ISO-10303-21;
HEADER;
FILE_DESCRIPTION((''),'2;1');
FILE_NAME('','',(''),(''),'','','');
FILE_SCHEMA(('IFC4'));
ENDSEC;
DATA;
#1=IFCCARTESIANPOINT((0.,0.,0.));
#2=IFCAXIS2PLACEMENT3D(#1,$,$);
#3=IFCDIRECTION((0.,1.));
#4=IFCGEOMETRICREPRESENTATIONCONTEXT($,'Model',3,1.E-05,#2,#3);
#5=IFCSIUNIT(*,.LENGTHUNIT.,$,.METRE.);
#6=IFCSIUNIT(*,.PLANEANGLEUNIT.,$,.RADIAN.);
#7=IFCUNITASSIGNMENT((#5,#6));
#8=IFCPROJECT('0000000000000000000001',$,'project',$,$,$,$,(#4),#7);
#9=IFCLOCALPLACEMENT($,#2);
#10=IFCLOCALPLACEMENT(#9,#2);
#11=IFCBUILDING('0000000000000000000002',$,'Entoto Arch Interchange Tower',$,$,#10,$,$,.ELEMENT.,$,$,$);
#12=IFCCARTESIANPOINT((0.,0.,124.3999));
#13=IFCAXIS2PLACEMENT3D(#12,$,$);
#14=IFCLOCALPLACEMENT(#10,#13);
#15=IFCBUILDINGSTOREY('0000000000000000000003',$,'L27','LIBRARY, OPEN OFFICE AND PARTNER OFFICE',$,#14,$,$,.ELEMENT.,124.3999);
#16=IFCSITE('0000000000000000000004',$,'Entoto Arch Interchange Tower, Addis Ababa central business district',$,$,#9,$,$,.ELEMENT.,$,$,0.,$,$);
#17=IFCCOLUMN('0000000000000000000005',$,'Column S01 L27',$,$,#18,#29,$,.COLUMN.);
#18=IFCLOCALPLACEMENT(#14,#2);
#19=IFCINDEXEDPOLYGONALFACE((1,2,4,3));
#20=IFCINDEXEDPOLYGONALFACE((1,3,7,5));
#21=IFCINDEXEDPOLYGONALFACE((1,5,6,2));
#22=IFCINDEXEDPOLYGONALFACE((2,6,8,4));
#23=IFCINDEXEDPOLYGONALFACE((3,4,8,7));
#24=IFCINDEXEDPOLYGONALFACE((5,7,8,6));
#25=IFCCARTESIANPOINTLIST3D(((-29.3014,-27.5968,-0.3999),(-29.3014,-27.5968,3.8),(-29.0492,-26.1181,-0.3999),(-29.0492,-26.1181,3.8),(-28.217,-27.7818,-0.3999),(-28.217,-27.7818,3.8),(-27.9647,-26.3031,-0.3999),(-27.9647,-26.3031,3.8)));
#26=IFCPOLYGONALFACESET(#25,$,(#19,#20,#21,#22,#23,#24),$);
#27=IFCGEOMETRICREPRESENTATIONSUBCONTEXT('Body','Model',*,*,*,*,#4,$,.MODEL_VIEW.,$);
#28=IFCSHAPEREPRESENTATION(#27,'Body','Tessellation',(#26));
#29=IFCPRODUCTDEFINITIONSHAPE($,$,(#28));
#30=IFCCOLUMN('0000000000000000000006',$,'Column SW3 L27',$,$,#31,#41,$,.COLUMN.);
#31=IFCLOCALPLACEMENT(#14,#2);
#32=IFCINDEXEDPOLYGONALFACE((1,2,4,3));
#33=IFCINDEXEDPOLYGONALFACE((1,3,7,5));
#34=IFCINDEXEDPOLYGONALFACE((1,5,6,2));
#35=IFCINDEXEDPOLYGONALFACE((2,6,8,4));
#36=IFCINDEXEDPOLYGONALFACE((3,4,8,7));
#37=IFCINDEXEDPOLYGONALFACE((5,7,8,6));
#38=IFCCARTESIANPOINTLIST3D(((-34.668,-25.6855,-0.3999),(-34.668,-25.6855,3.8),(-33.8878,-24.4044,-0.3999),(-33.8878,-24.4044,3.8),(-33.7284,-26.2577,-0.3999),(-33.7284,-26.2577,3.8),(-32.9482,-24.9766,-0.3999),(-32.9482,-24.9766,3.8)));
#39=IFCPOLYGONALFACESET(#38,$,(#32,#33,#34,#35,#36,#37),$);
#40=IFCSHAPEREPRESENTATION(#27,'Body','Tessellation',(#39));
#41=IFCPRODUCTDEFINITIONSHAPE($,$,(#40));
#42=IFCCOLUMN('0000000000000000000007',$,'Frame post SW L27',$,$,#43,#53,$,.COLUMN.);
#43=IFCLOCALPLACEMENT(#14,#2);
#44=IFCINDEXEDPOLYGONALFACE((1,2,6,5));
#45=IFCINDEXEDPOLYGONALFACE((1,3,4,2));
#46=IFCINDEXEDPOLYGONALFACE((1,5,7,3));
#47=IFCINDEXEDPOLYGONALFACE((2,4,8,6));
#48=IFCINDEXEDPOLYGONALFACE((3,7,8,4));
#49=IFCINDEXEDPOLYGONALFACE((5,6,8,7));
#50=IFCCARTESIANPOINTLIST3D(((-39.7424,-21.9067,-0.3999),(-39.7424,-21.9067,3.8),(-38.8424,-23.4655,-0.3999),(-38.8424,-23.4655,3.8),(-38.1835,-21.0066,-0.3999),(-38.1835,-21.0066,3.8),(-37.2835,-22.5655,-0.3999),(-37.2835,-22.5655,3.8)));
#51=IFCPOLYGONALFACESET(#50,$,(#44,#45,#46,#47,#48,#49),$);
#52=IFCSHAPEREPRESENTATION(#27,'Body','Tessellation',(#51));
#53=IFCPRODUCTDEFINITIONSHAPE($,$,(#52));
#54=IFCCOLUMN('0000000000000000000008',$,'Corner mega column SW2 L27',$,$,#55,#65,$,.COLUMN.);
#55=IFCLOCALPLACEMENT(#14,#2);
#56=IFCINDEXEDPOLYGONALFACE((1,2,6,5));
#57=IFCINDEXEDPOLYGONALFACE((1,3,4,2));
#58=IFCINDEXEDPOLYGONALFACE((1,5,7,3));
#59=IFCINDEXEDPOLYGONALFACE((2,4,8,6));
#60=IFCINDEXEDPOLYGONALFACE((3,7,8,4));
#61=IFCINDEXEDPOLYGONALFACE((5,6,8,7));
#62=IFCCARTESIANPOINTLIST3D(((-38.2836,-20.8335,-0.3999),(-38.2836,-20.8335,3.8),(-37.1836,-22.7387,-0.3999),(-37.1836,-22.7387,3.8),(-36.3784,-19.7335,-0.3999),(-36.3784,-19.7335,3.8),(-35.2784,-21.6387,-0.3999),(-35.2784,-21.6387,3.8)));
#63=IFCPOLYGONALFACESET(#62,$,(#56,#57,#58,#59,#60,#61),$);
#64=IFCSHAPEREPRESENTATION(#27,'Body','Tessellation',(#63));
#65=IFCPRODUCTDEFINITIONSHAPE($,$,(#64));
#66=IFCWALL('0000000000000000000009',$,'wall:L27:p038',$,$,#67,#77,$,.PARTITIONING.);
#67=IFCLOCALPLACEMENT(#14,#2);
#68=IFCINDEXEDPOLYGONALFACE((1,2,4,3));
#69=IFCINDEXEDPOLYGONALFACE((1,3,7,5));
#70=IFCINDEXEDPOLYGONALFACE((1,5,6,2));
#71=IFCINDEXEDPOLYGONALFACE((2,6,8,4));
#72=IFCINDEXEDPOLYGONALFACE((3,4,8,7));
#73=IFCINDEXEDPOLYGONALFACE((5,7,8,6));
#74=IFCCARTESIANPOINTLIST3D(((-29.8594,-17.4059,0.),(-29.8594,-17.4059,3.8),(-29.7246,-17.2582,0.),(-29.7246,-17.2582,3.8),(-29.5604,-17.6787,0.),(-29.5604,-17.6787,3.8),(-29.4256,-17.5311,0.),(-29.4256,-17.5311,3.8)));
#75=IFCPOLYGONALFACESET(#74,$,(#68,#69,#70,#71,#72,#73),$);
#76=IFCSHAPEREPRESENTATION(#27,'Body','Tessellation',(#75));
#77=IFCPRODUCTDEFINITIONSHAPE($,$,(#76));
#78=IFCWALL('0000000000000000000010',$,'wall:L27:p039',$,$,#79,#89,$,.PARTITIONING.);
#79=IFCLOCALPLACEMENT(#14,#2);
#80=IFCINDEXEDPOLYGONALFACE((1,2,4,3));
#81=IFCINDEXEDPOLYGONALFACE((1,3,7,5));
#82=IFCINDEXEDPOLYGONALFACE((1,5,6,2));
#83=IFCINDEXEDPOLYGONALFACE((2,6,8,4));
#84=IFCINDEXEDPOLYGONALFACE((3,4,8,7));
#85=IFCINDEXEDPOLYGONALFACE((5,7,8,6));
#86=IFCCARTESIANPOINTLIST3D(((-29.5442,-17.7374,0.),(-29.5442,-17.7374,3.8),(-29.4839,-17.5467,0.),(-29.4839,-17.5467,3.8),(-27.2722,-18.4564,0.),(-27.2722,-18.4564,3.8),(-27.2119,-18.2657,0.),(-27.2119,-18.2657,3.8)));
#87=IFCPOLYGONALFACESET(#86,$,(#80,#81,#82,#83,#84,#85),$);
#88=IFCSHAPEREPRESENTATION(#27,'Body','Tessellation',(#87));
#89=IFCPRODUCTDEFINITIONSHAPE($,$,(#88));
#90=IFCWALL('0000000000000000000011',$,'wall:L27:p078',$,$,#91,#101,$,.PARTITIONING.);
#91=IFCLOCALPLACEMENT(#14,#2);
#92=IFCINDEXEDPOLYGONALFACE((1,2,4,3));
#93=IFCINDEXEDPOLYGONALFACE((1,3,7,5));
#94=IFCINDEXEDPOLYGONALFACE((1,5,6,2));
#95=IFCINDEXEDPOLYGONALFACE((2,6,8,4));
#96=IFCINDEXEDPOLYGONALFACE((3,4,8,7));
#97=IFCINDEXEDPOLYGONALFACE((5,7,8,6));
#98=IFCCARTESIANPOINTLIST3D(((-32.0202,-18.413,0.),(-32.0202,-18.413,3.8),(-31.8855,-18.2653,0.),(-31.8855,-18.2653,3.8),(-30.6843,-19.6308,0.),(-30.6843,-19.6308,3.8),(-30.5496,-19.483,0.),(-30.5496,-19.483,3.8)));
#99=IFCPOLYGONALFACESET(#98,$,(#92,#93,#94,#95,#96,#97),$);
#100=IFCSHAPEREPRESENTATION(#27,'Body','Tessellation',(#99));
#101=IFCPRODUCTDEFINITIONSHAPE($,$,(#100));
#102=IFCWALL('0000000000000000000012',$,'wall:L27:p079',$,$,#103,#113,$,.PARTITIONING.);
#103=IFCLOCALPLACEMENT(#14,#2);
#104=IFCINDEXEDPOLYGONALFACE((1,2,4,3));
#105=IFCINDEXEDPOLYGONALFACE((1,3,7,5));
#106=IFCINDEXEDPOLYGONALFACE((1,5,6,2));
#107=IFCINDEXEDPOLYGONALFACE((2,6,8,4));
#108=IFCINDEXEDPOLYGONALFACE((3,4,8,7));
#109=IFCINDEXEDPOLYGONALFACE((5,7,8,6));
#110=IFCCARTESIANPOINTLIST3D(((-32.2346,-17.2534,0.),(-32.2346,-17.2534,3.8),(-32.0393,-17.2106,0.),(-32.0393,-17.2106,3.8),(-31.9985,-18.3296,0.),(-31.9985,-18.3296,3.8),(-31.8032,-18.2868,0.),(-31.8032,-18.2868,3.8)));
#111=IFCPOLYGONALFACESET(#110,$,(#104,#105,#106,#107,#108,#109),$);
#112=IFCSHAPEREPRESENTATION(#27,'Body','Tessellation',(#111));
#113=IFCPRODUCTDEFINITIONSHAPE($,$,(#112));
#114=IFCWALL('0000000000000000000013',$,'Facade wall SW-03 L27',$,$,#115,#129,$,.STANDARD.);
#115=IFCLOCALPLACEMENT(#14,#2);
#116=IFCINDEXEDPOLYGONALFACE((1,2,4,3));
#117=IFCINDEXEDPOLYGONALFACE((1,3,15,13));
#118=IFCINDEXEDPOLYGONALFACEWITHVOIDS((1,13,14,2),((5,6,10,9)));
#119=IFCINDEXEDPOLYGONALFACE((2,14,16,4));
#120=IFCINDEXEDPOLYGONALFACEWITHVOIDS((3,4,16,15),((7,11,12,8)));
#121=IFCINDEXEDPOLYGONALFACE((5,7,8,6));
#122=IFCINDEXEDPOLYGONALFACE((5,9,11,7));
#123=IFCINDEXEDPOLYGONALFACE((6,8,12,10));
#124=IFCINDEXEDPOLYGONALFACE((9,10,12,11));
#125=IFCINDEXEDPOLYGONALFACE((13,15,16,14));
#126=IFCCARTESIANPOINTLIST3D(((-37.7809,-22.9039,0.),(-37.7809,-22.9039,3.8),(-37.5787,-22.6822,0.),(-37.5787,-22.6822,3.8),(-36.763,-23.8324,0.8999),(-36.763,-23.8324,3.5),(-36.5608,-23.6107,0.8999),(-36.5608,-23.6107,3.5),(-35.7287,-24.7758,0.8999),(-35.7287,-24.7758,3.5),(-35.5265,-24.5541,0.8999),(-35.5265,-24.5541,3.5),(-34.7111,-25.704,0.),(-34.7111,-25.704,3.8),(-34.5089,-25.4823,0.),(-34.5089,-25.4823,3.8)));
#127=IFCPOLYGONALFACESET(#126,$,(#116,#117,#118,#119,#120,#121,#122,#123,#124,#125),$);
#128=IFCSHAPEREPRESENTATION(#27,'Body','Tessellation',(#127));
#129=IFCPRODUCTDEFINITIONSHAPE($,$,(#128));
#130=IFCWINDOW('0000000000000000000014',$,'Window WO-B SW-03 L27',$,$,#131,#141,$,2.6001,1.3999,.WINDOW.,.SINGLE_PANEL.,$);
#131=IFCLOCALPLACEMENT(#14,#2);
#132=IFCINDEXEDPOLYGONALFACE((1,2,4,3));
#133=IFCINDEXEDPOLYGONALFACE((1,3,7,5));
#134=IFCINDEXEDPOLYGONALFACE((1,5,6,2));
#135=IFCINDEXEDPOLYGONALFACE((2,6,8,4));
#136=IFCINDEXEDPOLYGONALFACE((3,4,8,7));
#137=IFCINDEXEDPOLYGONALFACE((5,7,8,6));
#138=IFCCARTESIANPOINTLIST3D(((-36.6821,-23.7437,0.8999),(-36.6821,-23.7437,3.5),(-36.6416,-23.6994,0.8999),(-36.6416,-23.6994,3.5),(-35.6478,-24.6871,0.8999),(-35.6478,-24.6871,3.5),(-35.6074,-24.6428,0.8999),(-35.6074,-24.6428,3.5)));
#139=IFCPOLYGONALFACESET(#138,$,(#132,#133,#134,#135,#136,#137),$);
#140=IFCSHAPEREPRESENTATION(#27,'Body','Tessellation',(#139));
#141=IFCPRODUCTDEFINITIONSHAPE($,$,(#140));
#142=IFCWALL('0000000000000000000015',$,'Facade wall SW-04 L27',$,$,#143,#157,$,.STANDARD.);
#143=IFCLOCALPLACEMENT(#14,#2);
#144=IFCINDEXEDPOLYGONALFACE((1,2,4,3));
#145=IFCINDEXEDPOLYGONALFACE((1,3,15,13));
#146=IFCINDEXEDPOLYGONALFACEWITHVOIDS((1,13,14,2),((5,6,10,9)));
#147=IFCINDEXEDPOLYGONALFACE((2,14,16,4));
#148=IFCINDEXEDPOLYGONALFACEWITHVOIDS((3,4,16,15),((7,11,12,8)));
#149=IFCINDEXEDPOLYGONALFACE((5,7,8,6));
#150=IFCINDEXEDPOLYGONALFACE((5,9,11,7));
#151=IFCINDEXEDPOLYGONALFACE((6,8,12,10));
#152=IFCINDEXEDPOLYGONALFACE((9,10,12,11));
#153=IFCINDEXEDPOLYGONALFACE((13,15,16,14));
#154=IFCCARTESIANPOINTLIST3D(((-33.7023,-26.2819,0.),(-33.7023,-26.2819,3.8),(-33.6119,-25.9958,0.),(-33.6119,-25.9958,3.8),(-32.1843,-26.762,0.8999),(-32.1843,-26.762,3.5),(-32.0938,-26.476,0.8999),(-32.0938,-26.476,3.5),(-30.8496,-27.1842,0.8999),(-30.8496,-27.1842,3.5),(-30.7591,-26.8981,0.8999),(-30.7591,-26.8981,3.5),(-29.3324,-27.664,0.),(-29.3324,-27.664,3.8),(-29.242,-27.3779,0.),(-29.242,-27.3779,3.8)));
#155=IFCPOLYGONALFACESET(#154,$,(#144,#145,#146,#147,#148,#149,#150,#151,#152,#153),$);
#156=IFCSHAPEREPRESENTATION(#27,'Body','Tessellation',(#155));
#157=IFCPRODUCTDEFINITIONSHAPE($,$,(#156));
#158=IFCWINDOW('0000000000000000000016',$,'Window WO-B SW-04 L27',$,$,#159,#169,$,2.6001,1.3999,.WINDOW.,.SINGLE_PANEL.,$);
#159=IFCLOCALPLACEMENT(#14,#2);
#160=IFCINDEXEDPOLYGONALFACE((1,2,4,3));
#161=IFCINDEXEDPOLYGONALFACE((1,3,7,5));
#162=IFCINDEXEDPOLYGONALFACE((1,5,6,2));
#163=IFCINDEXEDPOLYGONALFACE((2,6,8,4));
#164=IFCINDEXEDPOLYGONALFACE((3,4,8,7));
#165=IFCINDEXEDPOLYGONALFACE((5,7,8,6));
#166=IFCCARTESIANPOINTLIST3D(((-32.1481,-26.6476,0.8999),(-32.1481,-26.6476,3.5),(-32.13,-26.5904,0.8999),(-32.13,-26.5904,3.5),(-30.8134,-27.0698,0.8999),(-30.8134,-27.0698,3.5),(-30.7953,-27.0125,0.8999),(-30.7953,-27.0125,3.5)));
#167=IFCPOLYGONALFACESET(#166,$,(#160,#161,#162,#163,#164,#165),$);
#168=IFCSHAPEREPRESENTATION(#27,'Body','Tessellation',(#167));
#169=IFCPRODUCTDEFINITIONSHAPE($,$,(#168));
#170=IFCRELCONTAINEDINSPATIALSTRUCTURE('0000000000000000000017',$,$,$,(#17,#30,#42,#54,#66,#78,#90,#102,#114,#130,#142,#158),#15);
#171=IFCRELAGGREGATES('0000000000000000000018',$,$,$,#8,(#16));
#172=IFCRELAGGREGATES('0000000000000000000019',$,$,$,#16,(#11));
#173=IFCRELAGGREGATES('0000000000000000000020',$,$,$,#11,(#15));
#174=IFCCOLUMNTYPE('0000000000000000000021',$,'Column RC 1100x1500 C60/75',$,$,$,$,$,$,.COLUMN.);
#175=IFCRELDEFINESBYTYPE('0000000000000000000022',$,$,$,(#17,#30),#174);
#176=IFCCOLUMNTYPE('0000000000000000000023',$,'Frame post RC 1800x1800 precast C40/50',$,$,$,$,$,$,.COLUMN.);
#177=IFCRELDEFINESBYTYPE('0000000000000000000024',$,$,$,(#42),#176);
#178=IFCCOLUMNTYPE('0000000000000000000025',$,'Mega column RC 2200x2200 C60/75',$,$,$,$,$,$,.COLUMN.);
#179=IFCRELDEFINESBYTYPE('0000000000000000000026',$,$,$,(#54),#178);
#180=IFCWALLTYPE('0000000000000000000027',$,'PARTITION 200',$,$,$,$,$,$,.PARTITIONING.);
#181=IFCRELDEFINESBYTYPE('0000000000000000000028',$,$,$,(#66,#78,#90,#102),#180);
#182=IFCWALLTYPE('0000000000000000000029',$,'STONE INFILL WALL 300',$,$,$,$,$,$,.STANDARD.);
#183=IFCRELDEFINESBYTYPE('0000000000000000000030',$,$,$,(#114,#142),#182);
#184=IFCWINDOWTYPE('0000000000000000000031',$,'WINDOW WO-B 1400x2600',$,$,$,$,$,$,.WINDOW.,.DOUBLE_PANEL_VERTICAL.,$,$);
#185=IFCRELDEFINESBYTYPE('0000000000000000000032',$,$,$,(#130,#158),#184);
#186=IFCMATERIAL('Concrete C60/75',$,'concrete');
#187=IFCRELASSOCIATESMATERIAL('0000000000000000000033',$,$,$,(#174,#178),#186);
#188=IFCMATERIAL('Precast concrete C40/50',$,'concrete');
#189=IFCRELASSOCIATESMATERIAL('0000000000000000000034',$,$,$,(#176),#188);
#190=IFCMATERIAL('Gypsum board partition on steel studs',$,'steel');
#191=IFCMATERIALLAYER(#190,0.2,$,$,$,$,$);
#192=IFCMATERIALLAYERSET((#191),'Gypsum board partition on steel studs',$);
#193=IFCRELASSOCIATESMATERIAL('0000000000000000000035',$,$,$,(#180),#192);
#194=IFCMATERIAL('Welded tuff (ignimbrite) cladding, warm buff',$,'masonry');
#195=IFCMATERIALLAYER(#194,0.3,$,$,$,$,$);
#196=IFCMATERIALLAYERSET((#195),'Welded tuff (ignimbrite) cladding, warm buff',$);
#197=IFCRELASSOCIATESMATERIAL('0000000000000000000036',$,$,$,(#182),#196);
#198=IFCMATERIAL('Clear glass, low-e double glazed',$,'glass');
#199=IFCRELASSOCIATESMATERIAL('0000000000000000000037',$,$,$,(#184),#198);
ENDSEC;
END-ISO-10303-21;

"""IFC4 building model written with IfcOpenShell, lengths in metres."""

from ifc_helpers import new_model, si_unit, direction, frame, frame_2d, origin, origin_2d, place, context, subcontext, project, spatial, rectangle, extrude, material, layer, layer_set, material_profile, profile_set, type_object, element, fill, save


model = new_model("IFC4")

# Units and contexts
model_context = context("Model", 3, precision=1e-05, world=origin(), true_north=direction((0.0, 1.0)))
body_context = subcontext(model_context, "Body", "Model", "MODEL_VIEW")
ifc_project = project(units=[si_unit("LENGTHUNIT", "METRE"), si_unit("PLANEANGLEUNIT", "RADIAN")], contexts=[model_context])

# Site, building, storey
site_placement = place(None, origin())
site = spatial("IfcSite", under=ifc_project, at=site_placement, Name="Entoto Arch Interchange Tower, Addis Ababa central business district", CompositionType="ELEMENT", RefElevation=0.0)
building_placement = place(site_placement, origin())
building = spatial("IfcBuilding", under=site, at=building_placement, Name="Entoto Arch Interchange Tower", CompositionType="ELEMENT")
storey_placement = place(building_placement, frame((0.0, 0.0, 124.3999)))
storey = spatial("IfcBuildingStorey", under=building, at=storey_placement, Name="L27", Description="LIBRARY, OPEN OFFICE AND PARTNER OFFICE", CompositionType="ELEMENT", Elevation=124.3999)

# Columns
ifc_material_1 = material(Name="Concrete C60/75", Category="concrete")
ifc_material_profile_1 = material_profile(ifc_material_1, rectangle(XDim=1.1001, YDim=1.5, at=origin_2d()))
ifc_profile_set_1 = profile_set([ifc_material_profile_1], Name="Concrete C60/75")
column_type_1 = type_object("IfcColumnType", Name="Column RC 1100x1500 C60/75", PredefinedType="COLUMN", material=ifc_profile_set_1)
for number, where, z_axis, x_axis, name in (
    (1, (-28.6331, -26.95, -0.3999), (0.0, 0.0, 1.0), (-0.985759, 0.168162, 0.0), "Column S01 L27"),
    (2, (-33.8081, -25.3311, -0.3999), (0.0, 0.0, 1.0), (-0.854096, 0.520116, 0.0), "Column SW3 L27"),
):
    element("IfcColumn", number, at=place(storey_placement, frame(where, z_axis=z_axis, x_axis=x_axis)), inside=storey, type_object=column_type_1, Name=name, PredefinedType="COLUMN", context=body_context, shape_type="SweptSolid", body=[
        extrude(rectangle(XDim=1.1001, YDim=1.5, at=origin_2d()), origin(), (0.0, 0.0, 1.0), 4.2),
    ])
ifc_material_2 = material(Name="Precast concrete C40/50", Category="concrete")
ifc_material_profile_2 = material_profile(ifc_material_2, rectangle(XDim=1.8, YDim=1.8, at=origin_2d()))
ifc_profile_set_2 = profile_set([ifc_material_profile_2], Name="Precast concrete C40/50")
column_type_2 = type_object("IfcColumnType", Name="Frame post RC 1800x1800 precast C40/50", PredefinedType="COLUMN", material=ifc_profile_set_2)
column_1_placement = place(storey_placement, frame((-38.5129, -22.2361, -0.3999), z_axis=(0.0, 0.0, 1.0), x_axis=(0.866025, 0.5, 0.0)))
element("IfcColumn", 3, at=column_1_placement, inside=storey, type_object=column_type_2, Name="Frame post SW L27", PredefinedType="COLUMN", context=body_context, shape_type="SweptSolid", body=[
    extrude(rectangle(XDim=1.8, YDim=1.8, at=origin_2d()), origin(), (0.0, 0.0, 1.0), 4.2),
])
ifc_material_profile_3 = material_profile(ifc_material_1, rectangle(XDim=2.2, YDim=2.2, at=origin_2d()))
ifc_profile_set_3 = profile_set([ifc_material_profile_3], Name="Concrete C60/75")
column_type_3 = type_object("IfcColumnType", Name="Mega column RC 2200x2200 C60/75", PredefinedType="COLUMN", material=ifc_profile_set_3)
column_2_placement = place(storey_placement, frame((-36.781, -21.2361, -0.3999), z_axis=(0.0, 0.0, 1.0), x_axis=(0.866025, 0.5, 0.0)))
element("IfcColumn", 4, at=column_2_placement, inside=storey, type_object=column_type_3, Name="Corner mega column SW2 L27", PredefinedType="COLUMN", context=body_context, shape_type="SweptSolid", body=[
    extrude(rectangle(XDim=2.2, YDim=2.2, at=origin_2d()), origin(), (0.0, 0.0, 1.0), 4.2),
])

# Walls
ifc_material_3 = material(Name="Gypsum board partition on steel studs", Category="steel")
ifc_layer_1 = layer(ifc_material_3, 0.2)
ifc_layer_set_1 = layer_set([ifc_layer_1], Name="Gypsum board partition on steel studs")
wall_type_1 = type_object("IfcWallType", Name="PARTITION 200", PredefinedType="PARTITIONING", material=ifc_layer_set_1)
wall_1_placement = place(storey_placement, frame((-29.792, -17.332, 0.0), z_axis=(0.0, 0.0, 1.0), x_axis=(0.738629, -0.674112, 0.0)))
element("IfcWall", 5, at=wall_1_placement, inside=storey, type_object=wall_type_1, Name="wall:L27:p038", PredefinedType="PARTITIONING", context=body_context, shape_type="SweptSolid", body=[
    extrude(rectangle(XDim=0.4048, YDim=0.2, at=frame_2d((0.2024, 0.0))), origin(), (0.0, 0.0, 1.0), 3.8),
])
wall_2_placement = place(storey_placement, frame((-29.5139, -17.6421, 0.0), z_axis=(0.0, 0.0, 1.0), x_axis=(0.953398, -0.301715, 0.0)))
element("IfcWall", 6, at=wall_2_placement, inside=storey, type_object=wall_type_1, Name="wall:L27:p039", PredefinedType="PARTITIONING", context=body_context, shape_type="SweptSolid", body=[
    extrude(rectangle(XDim=2.3831, YDim=0.2, at=frame_2d((1.1914, 0.0))), origin(), (0.0, 0.0, 1.0), 3.8),
])
wall_3_placement = place(storey_placement, frame((-30.6169, -19.5569, 0.0), z_axis=(0.0, 0.0, 1.0), x_axis=(-0.739035, 0.673667, 0.0)))
element("IfcWall", 7, at=wall_3_placement, inside=storey, type_object=wall_type_1, Name="wall:L27:p078", PredefinedType="PARTITIONING", context=body_context, shape_type="SweptSolid", body=[
    extrude(rectangle(XDim=1.8076, YDim=0.2, at=frame_2d((0.9038, 0.0))), origin(), (0.0, 0.0, 1.0), 3.8),
])
wall_4_placement = place(storey_placement, frame((-31.9009, -18.3081, 0.0), z_axis=(0.0, 0.0, 1.0), x_axis=(-0.214278, 0.976773, 0.0)))
element("IfcWall", 8, at=wall_4_placement, inside=storey, type_object=wall_type_1, Name="wall:L27:p079", PredefinedType="PARTITIONING", context=body_context, shape_type="SweptSolid", body=[
    extrude(rectangle(XDim=1.1018, YDim=0.2, at=frame_2d((0.5508, 0.0))), origin(), (0.0, 0.0, 1.0), 3.8),
])

# Walls, openings, windows
ifc_material_4 = material(Name="Welded tuff (ignimbrite) cladding, warm buff", Category="masonry")
ifc_layer_2 = layer(ifc_material_4, 0.3)
ifc_layer_set_2 = layer_set([ifc_layer_2], Name="Welded tuff (ignimbrite) cladding, warm buff")
wall_type_2 = type_object("IfcWallType", Name="STONE INFILL WALL 300", PredefinedType="STANDARD", material=ifc_layer_set_2)
wall_5_placement = place(storey_placement, frame((-37.6799, -22.793, 0.0), z_axis=(0.0, 0.0, 1.0), x_axis=(0.738825, -0.673897, 0.0)))
wall_5 = element("IfcWall", 9, at=wall_5_placement, inside=storey, type_object=wall_type_2, Name="Facade wall SW-03 L27", PredefinedType="STANDARD", context=body_context, shape_type="SweptSolid", body=[
    extrude(rectangle(XDim=4.155, YDim=0.3, at=frame_2d((2.0776, 0.0))), origin(), (0.0, 0.0, 1.0), 3.8),
])
opening_1_placement = place(wall_5_placement, frame((1.3779, 0.0, 0.8999)))
opening_1 = element("IfcOpeningElement", 10, at=opening_1_placement, cuts=wall_5, PredefinedType="OPENING", context=body_context, shape_type="SweptSolid", body=[
    extrude(rectangle(XDim=1.3999, YDim=2.6001, at=frame_2d((0.7, 1.3))), frame((0.0, 0.1602, 0.0), z_axis=(0.0, -1.0, 0.0), x_axis=(1.0, 0.0, 0.0)), (0.0, 0.0, 1.0), 0.3201),
])
ifc_material_5 = material(Name="Clear glass, low-e double glazed", Category="glass")
window_type = type_object("IfcWindowType", Name="WINDOW WO-B 1400x2600", PartitioningType="DOUBLE_PANEL_VERTICAL", PredefinedType="WINDOW", material=ifc_material_5)
window_1_placement = place(opening_1_placement, origin())
window_1 = element("IfcWindow", 11, at=window_1_placement, inside=storey, type_object=window_type, Name="Window WO-B SW-03 L27", OverallHeight=2.6001, OverallWidth=1.3999, PartitioningType="SINGLE_PANEL", PredefinedType="WINDOW", context=body_context, shape_type="SweptSolid", body=[
    extrude(rectangle(XDim=1.3999, YDim=2.6001, at=frame_2d((0.7, 1.3))), frame((0.0, 0.03, 0.0), z_axis=(0.0, -1.0, 0.0), x_axis=(1.0, 0.0, 0.0)), (0.0, 0.0, 1.0), 0.0601),
])
fill(opening_1, window_1)
wall_6_placement = place(storey_placement, frame((-33.657, -26.1389, 0.0), z_axis=(0.0, 0.0, 1.0), x_axis=(0.95345, -0.301552, 0.0)))
wall_6 = element("IfcWall", 12, at=wall_6_placement, inside=storey, type_object=wall_type_2, Name="Facade wall SW-04 L27", PredefinedType="STANDARD", context=body_context, shape_type="SweptSolid", body=[
    extrude(rectangle(XDim=4.5833, YDim=0.3, at=frame_2d((2.2915, 0.0))), origin(), (0.0, 0.0, 1.0), 3.8),
])
opening_2_placement = place(wall_6_placement, frame((1.592, 0.0, 0.8999)))
opening_2 = element("IfcOpeningElement", 13, at=opening_2_placement, cuts=wall_6, PredefinedType="OPENING", context=body_context, shape_type="SweptSolid", body=[
    extrude(rectangle(XDim=1.3999, YDim=2.6001, at=frame_2d((0.7, 1.3))), frame((0.0, 0.1602, 0.0), z_axis=(0.0, -1.0, 0.0), x_axis=(1.0, 0.0, 0.0)), (0.0, 0.0, 1.0), 0.3201),
])
window_2_placement = place(opening_2_placement, origin())
window_2 = element("IfcWindow", 14, at=window_2_placement, inside=storey, type_object=window_type, Name="Window WO-B SW-04 L27", OverallHeight=2.6001, OverallWidth=1.3999, PartitioningType="SINGLE_PANEL", PredefinedType="WINDOW", context=body_context, shape_type="SweptSolid", body=[
    extrude(rectangle(XDim=1.3999, YDim=2.6001, at=frame_2d((0.7, 1.3))), frame((0.0, 0.03, 0.0), z_axis=(0.0, -1.0, 0.0), x_axis=(1.0, 0.0, 0.0)), (0.0, 0.0, 1.0), 0.0601),
])
fill(opening_2, window_2)

save(model, "model.ifc")
